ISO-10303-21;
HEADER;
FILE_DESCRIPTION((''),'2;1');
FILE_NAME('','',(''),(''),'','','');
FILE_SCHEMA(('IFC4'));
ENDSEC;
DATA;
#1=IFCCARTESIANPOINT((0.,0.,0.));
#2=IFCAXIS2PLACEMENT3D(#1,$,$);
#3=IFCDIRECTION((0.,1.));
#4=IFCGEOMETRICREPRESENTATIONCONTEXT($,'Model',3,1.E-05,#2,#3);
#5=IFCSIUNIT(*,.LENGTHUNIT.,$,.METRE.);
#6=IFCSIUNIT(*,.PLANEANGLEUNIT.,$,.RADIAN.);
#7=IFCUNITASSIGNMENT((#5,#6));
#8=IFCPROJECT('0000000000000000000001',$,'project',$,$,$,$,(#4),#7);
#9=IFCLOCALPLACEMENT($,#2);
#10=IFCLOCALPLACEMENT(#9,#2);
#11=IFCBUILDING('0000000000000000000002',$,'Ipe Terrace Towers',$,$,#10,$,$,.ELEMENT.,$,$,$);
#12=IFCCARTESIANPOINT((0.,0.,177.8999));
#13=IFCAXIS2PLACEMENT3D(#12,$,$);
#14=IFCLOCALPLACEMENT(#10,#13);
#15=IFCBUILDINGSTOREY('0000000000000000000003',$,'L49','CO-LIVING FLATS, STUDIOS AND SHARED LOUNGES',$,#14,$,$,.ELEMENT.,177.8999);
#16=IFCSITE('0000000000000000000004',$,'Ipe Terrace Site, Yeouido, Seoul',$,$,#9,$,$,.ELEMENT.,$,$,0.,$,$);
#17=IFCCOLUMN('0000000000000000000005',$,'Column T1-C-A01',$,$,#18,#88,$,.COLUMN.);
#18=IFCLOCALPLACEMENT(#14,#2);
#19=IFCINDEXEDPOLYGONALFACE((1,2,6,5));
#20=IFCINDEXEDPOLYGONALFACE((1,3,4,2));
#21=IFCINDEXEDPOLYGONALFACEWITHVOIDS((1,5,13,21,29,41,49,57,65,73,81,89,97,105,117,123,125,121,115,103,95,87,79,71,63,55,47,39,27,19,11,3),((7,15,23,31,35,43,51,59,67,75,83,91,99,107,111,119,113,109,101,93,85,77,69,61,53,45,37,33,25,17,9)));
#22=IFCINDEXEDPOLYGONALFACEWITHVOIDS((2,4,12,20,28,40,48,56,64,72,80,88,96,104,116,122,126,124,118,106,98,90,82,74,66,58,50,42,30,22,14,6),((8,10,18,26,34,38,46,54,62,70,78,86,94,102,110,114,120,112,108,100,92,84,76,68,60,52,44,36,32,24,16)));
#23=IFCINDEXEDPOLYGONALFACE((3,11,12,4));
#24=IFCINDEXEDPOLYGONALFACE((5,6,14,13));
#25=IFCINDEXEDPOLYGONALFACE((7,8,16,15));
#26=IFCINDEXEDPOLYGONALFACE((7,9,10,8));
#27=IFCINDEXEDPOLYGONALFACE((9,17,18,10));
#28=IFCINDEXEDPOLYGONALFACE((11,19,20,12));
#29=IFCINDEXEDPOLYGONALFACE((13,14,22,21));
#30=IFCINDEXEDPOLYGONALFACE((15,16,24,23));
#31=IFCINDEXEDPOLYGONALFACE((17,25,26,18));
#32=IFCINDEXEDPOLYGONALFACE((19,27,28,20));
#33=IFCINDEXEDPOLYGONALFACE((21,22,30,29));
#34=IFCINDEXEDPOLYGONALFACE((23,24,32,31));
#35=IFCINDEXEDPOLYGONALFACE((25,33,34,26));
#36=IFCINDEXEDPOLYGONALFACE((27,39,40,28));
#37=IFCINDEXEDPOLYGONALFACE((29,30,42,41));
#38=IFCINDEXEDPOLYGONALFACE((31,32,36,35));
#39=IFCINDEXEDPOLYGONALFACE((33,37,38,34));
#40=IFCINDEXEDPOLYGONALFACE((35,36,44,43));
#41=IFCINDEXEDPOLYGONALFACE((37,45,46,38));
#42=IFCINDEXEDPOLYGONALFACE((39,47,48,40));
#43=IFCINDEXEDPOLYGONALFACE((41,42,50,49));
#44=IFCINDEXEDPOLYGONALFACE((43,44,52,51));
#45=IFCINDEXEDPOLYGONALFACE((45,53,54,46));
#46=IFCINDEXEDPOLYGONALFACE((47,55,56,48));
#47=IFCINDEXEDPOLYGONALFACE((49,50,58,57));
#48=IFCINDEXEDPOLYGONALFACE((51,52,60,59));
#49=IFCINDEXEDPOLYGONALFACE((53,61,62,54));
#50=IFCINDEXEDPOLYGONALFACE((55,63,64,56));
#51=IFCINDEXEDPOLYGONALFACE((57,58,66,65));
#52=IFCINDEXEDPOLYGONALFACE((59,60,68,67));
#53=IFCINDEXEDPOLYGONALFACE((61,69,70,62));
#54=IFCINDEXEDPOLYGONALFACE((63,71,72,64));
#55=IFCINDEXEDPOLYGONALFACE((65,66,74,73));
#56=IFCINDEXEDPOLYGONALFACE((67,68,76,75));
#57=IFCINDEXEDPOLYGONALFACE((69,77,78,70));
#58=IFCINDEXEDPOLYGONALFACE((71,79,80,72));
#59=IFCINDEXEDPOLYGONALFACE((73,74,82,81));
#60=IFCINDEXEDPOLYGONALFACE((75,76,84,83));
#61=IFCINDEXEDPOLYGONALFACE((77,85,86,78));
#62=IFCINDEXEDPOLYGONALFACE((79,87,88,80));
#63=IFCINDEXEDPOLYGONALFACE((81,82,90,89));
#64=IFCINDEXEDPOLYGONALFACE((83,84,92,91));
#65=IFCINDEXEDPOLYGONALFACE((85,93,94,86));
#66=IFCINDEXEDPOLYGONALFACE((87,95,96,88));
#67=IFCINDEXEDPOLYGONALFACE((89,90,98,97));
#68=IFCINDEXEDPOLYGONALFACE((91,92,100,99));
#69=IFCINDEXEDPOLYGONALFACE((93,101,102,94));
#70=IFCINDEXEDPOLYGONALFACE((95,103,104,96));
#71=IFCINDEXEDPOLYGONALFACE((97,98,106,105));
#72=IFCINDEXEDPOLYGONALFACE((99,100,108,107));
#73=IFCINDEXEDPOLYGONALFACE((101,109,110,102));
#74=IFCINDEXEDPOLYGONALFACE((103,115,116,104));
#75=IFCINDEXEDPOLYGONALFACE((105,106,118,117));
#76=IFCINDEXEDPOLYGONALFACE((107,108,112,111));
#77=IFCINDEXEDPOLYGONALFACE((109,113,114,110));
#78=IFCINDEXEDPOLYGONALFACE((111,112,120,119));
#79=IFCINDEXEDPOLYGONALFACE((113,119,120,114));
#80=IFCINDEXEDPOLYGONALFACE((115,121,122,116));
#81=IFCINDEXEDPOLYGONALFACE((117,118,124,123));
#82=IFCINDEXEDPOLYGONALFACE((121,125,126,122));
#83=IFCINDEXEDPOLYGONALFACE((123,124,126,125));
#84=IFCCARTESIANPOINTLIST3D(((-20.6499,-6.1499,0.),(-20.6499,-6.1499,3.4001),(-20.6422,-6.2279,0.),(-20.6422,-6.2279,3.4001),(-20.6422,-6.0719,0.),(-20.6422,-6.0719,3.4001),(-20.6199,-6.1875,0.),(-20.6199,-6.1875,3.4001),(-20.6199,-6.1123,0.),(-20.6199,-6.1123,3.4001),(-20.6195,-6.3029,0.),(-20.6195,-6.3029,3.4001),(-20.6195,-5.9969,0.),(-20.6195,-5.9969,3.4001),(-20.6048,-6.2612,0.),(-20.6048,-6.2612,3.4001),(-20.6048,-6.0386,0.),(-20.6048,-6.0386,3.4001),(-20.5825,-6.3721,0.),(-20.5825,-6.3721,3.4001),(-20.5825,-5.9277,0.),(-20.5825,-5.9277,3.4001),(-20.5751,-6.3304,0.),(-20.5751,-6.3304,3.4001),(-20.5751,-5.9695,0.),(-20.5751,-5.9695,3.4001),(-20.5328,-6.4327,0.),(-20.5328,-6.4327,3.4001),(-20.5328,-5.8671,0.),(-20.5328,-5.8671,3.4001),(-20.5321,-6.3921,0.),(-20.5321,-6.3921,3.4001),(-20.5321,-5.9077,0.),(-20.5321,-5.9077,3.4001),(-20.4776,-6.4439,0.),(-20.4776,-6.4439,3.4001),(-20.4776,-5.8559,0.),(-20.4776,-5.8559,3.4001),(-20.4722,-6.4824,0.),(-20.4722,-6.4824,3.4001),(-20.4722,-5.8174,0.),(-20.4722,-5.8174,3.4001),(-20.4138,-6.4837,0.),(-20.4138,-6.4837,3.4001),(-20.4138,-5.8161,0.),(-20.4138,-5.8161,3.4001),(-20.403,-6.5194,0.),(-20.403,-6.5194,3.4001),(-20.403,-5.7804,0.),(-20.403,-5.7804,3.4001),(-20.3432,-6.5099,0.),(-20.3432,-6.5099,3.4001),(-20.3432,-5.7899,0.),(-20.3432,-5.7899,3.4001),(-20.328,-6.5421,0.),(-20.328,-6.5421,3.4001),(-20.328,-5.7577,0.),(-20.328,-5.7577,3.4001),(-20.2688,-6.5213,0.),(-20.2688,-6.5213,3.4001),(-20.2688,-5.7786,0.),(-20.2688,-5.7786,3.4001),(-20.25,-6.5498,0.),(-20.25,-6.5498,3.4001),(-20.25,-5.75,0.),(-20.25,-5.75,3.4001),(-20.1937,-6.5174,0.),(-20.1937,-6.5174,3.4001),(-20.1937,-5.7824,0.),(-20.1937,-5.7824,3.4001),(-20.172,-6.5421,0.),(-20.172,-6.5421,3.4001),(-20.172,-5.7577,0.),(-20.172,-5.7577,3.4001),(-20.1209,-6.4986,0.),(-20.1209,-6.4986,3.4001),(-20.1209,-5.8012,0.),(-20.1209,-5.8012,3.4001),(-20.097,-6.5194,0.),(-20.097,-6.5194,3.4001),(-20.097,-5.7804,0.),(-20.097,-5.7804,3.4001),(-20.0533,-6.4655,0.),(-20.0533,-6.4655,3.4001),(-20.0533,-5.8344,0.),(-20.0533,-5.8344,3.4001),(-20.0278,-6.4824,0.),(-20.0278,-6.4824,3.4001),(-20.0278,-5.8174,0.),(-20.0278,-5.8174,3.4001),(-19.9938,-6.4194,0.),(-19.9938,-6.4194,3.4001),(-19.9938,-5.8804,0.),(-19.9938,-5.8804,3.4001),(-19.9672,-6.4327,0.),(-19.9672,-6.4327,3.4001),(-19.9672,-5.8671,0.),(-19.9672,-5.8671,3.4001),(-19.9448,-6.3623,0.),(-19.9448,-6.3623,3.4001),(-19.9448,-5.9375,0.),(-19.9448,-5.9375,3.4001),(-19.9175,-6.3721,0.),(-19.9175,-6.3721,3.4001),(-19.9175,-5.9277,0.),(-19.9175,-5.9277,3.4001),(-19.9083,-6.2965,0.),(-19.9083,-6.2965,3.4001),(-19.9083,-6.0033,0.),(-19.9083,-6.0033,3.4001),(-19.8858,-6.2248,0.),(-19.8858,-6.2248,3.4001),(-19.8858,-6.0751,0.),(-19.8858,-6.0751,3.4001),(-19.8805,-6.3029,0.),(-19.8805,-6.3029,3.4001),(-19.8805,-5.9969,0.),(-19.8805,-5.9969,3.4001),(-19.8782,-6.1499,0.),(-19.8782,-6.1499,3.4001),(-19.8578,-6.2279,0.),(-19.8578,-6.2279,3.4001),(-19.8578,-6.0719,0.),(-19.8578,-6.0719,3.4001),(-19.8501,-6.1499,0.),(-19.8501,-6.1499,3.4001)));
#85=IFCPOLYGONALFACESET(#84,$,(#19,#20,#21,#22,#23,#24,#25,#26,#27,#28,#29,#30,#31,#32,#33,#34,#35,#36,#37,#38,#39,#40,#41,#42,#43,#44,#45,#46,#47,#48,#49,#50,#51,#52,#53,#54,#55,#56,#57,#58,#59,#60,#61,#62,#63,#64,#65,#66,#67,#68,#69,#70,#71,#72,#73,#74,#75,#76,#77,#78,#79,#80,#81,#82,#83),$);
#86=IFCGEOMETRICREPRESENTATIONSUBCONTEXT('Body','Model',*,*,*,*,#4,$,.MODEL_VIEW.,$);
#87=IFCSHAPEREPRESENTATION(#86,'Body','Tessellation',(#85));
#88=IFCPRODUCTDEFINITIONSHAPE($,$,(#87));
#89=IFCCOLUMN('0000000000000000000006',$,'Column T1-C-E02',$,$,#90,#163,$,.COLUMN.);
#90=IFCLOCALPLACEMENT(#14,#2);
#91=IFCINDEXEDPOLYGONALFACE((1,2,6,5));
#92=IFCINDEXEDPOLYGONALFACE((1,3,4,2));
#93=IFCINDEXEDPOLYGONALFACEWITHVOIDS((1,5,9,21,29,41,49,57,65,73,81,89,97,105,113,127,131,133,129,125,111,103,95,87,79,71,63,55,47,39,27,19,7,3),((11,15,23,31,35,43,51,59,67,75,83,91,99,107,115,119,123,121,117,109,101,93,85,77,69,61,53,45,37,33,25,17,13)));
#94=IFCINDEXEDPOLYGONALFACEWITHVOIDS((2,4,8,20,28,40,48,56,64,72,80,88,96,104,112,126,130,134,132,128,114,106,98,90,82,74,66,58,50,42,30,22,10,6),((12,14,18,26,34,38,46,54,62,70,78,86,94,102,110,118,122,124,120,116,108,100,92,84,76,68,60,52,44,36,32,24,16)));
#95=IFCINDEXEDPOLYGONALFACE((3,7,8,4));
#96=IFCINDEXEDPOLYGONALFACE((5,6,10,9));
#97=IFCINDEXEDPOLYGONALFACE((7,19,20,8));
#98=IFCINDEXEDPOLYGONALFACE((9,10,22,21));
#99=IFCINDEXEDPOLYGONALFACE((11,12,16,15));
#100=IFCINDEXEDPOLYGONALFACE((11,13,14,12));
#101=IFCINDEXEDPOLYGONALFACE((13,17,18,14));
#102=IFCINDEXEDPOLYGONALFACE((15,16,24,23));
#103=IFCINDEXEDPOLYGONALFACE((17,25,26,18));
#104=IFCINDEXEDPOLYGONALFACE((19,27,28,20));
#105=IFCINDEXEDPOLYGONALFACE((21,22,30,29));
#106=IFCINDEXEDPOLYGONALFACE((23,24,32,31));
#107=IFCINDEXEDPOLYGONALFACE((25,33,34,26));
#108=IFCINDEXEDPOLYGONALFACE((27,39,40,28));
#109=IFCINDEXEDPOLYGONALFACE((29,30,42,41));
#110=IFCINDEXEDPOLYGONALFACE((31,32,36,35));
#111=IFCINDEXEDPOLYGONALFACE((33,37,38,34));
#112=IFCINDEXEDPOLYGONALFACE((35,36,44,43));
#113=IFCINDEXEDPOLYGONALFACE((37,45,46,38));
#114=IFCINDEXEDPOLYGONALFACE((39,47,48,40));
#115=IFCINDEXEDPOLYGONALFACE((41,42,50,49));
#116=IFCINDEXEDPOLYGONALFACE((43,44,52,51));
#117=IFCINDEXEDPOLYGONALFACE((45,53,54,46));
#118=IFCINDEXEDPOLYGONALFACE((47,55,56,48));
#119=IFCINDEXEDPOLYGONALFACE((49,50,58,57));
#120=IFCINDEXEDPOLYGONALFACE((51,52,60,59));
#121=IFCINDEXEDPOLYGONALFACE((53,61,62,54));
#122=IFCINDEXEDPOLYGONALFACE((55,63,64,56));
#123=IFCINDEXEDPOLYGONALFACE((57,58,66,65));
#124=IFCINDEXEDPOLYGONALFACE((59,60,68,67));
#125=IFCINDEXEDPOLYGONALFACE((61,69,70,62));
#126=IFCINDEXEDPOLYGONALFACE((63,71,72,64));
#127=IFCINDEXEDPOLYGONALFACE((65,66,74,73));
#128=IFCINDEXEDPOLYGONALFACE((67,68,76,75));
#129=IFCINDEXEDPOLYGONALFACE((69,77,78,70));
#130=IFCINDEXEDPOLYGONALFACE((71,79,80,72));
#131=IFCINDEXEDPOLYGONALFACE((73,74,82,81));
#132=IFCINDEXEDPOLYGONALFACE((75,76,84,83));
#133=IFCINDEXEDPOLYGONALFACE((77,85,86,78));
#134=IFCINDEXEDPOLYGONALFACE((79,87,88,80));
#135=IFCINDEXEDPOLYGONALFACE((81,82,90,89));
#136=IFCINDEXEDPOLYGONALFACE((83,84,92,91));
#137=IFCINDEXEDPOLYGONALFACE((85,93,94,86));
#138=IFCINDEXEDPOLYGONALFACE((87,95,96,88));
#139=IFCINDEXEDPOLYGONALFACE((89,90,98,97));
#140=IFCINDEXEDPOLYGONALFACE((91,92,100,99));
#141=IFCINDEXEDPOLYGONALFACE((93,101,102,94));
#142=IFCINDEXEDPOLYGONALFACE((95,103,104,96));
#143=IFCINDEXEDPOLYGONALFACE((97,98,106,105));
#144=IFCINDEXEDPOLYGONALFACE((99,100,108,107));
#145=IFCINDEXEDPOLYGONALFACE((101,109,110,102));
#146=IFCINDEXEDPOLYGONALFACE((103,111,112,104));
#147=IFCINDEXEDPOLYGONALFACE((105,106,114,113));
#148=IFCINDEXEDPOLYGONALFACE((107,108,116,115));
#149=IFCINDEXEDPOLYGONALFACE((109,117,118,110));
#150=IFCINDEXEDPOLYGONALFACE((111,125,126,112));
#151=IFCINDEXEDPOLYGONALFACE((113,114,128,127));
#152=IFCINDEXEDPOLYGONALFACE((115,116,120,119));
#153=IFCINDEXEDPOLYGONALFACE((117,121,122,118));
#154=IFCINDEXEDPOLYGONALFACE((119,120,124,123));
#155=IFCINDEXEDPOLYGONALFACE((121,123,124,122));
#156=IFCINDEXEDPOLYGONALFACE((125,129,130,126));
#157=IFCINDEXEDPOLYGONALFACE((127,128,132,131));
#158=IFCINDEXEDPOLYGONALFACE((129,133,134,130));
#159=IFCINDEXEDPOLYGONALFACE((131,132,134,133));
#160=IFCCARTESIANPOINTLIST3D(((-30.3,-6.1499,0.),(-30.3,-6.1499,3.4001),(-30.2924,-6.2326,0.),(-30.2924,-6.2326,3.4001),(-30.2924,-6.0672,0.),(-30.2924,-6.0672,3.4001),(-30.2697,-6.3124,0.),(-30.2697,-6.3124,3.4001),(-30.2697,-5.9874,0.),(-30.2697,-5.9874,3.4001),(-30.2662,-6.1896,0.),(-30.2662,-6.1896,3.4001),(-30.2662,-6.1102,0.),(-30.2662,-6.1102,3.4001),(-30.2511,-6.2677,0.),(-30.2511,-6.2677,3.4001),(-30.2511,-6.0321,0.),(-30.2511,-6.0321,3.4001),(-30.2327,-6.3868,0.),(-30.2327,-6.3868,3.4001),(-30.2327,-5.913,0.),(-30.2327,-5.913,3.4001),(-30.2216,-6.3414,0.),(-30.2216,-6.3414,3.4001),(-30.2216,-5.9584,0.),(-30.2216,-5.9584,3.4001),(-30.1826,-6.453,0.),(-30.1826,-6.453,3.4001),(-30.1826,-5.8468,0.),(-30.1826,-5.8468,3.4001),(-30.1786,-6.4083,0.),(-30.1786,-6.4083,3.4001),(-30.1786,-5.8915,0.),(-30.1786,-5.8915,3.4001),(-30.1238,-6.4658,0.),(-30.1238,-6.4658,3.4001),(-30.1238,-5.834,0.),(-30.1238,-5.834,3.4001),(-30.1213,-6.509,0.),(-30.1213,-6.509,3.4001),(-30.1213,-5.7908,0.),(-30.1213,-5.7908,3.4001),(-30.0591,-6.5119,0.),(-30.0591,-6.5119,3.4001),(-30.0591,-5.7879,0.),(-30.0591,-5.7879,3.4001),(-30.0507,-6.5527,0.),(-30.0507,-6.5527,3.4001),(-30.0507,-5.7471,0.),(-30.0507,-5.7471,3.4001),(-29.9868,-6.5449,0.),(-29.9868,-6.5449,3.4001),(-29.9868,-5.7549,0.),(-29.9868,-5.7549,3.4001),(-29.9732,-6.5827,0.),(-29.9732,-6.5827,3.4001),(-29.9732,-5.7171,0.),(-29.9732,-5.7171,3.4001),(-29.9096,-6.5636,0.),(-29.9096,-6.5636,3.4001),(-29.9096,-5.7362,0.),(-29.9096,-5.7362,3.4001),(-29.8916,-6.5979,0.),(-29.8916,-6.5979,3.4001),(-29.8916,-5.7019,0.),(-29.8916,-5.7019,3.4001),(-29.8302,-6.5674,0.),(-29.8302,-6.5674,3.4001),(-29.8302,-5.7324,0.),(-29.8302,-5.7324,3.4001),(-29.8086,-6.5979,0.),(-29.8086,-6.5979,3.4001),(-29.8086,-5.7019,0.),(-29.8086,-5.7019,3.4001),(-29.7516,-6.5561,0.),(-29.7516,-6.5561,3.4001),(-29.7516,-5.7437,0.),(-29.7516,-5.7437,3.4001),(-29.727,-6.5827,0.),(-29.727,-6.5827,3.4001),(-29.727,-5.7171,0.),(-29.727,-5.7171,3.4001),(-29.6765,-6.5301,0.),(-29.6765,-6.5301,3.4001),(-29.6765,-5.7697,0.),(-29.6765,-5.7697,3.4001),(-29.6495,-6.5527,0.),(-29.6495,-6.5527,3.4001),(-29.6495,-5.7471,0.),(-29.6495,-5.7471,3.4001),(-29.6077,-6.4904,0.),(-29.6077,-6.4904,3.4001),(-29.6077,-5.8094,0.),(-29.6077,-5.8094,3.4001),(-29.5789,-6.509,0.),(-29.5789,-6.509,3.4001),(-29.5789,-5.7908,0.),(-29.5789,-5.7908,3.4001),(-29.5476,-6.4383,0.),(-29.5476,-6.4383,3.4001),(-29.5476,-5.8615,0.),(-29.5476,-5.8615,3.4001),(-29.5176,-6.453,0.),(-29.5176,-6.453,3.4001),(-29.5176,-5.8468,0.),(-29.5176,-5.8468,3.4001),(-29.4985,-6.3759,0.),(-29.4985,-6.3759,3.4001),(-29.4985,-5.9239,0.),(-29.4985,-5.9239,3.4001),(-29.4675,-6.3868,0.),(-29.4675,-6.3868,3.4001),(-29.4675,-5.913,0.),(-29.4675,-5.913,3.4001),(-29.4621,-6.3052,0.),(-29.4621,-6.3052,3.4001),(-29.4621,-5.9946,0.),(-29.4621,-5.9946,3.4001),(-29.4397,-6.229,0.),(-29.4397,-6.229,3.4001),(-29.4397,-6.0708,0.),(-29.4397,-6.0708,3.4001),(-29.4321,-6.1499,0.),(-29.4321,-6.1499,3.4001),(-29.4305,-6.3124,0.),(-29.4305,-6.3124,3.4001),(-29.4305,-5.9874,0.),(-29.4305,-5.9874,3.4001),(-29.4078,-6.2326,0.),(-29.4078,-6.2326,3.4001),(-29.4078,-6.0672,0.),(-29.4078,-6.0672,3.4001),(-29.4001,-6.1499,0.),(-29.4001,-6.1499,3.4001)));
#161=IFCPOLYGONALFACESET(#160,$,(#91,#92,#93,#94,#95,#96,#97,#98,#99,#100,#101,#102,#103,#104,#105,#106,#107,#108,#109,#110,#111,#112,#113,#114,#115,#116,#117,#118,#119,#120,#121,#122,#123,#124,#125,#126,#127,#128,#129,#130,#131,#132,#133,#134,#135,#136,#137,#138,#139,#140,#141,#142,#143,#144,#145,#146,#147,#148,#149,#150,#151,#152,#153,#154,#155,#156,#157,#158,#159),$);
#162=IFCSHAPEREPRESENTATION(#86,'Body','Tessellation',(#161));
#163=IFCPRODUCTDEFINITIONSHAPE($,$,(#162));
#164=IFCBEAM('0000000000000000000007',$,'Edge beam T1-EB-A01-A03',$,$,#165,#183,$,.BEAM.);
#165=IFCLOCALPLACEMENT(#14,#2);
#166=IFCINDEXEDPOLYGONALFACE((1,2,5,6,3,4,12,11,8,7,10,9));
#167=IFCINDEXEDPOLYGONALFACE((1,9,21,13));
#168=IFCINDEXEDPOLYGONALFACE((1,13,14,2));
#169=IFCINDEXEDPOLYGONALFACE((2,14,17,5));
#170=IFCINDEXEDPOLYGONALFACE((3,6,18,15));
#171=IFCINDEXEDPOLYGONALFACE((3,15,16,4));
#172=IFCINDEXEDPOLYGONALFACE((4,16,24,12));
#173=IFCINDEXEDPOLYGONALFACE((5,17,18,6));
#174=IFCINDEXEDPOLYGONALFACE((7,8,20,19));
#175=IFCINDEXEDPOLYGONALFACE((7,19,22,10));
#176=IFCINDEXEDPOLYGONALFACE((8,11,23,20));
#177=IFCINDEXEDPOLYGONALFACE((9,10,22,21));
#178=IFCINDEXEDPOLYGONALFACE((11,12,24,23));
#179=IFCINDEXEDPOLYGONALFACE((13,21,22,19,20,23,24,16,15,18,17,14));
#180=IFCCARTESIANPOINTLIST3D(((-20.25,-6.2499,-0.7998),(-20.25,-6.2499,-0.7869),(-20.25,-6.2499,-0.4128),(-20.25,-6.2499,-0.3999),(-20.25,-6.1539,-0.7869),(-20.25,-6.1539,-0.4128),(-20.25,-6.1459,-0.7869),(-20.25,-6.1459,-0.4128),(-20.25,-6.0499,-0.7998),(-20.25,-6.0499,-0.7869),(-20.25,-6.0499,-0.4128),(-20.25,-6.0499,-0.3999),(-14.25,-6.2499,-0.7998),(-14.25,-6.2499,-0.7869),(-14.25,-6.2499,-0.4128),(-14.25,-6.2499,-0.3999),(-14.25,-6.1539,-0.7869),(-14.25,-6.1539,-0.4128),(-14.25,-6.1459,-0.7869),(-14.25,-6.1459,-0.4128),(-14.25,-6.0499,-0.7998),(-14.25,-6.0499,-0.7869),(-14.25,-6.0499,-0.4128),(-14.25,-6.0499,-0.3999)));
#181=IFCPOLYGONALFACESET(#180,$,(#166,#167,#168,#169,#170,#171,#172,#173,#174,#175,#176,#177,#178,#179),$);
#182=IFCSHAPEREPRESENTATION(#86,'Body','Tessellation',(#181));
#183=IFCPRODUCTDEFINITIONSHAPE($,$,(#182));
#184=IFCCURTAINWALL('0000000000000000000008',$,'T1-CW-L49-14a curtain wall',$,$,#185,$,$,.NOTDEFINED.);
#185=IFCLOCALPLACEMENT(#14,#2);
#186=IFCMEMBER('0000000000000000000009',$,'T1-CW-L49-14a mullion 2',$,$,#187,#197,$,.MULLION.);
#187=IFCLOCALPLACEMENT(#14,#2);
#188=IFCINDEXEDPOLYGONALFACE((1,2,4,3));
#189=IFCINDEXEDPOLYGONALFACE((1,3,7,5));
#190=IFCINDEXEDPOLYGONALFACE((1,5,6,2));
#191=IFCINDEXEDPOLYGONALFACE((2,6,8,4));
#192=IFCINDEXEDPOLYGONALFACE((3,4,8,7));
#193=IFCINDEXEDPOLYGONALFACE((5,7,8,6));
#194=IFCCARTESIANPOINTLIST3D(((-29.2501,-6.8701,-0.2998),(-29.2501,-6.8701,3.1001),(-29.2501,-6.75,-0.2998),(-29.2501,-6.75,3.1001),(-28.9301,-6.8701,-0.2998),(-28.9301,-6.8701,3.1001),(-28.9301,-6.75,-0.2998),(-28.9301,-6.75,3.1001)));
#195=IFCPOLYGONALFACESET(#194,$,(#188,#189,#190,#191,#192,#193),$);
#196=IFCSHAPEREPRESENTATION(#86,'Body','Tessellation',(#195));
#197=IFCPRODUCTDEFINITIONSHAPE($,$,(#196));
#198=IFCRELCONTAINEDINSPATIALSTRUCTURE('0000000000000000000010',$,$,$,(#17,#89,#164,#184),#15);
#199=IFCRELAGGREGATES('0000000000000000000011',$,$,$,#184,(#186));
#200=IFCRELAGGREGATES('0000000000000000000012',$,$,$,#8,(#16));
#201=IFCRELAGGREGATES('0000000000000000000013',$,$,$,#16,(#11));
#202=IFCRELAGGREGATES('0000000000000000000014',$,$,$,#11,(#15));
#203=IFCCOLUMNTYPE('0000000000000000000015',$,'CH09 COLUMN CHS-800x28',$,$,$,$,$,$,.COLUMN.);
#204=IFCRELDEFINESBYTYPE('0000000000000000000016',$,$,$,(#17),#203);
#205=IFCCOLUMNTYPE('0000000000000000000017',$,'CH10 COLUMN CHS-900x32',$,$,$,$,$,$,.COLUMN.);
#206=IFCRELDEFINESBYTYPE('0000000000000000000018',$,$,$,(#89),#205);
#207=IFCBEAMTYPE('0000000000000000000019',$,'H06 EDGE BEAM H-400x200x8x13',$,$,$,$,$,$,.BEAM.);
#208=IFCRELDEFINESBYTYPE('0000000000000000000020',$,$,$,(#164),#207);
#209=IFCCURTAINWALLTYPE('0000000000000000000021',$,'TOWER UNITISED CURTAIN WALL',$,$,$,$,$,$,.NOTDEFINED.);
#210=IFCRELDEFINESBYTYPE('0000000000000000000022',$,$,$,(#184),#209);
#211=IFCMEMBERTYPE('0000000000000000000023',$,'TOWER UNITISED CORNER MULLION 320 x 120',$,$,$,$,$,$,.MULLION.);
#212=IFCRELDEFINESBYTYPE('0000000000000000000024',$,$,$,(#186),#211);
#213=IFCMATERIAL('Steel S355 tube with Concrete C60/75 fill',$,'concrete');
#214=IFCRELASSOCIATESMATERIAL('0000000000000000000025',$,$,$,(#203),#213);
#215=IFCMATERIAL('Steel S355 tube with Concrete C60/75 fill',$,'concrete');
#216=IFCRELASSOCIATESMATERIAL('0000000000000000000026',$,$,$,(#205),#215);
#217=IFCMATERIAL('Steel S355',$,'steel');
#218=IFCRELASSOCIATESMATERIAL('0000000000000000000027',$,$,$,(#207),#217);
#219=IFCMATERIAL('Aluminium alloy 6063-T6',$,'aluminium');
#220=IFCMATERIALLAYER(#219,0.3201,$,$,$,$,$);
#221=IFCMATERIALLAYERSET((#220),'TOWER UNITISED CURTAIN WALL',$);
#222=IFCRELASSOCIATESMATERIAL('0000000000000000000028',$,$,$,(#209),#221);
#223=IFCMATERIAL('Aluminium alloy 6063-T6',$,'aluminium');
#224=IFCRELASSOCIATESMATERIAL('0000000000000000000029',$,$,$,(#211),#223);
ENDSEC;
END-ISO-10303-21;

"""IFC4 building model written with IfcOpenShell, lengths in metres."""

from ifc_helpers import new_model, si_unit, direction, frame, origin, origin_2d, place, context, subcontext, project, spatial, rectangle, hollow_circle, i_section, extrude, material, layer, layer_set, material_profile, profile_set, type_object, element, aggregate, save


model = new_model("IFC4")

# Units and contexts
model_context = context("Model", 3, precision=1e-05, world=origin(), true_north=direction((0.0, 1.0)))
body_context = subcontext(model_context, "Body", "Model", "MODEL_VIEW")
ifc_project = project(units=[si_unit("LENGTHUNIT", "METRE"), si_unit("PLANEANGLEUNIT", "RADIAN")], contexts=[model_context])

# Site, building, storey
site_placement = place(None, origin())
site = spatial("IfcSite", under=ifc_project, at=site_placement, Name="Ipe Terrace Site, Yeouido, Seoul", CompositionType="ELEMENT", RefElevation=0.0)
building_placement = place(site_placement, origin())
building = spatial("IfcBuilding", under=site, at=building_placement, Name="Ipe Terrace Towers", CompositionType="ELEMENT")
storey_placement = place(building_placement, frame((0.0, 0.0, 177.8999)))
storey = spatial("IfcBuildingStorey", under=building, at=storey_placement, Name="L49", Description="CO-LIVING FLATS, STUDIOS AND SHARED LOUNGES", CompositionType="ELEMENT", Elevation=177.8999)

# Columns
ifc_material_1 = material(Name="Steel S355 tube with Concrete C60/75 fill", Category="concrete")
ifc_material_profile_1 = material_profile(ifc_material_1, hollow_circle(Radius=0.3999, WallThickness=0.0281, at=origin_2d()), Name="CHS-800x28")
ifc_profile_set_1 = profile_set([ifc_material_profile_1], Name="Steel S355 tube with Concrete C60/75 fill")
column_type_1 = type_object("IfcColumnType", Name="CH09 COLUMN CHS-800x28", PredefinedType="COLUMN", material=ifc_profile_set_1)
column_1_placement = place(storey_placement, frame((-20.25, -6.1499, 0.0), z_axis=(0.0, 0.0, 1.0), x_axis=(1.0, 0.0, 0.0)))
element("IfcColumn", 1, at=column_1_placement, inside=storey, type_object=column_type_1, Name="Column T1-C-A01", PredefinedType="COLUMN", context=body_context, shape_type="SweptSolid", body=[
    extrude(hollow_circle(Radius=0.3999, WallThickness=0.0281, at=origin_2d()), origin(), (0.0, 0.0, 1.0), 3.4001),
])
ifc_material_2 = material(Name="Steel S355 tube with Concrete C60/75 fill", Category="concrete")
ifc_material_profile_2 = material_profile(ifc_material_2, hollow_circle(Radius=0.45, WallThickness=0.032, at=origin_2d()), Name="CHS-900x32")
ifc_profile_set_2 = profile_set([ifc_material_profile_2], Name="Steel S355 tube with Concrete C60/75 fill")
column_type_2 = type_object("IfcColumnType", Name="CH10 COLUMN CHS-900x32", PredefinedType="COLUMN", material=ifc_profile_set_2)
column_2_placement = place(storey_placement, frame((-29.8501, -6.1499, 0.0), z_axis=(0.0, 0.0, 1.0), x_axis=(1.0, 0.0, 0.0)))
element("IfcColumn", 2, at=column_2_placement, inside=storey, type_object=column_type_2, Name="Column T1-C-E02", PredefinedType="COLUMN", context=body_context, shape_type="SweptSolid", body=[
    extrude(hollow_circle(Radius=0.45, WallThickness=0.032, at=origin_2d()), origin(), (0.0, 0.0, 1.0), 3.4001),
])

# Beam
ifc_material_3 = material(Name="Steel S355", Category="steel")
ifc_material_profile_3 = material_profile(ifc_material_3, i_section(OverallWidth=0.2, OverallDepth=0.3999, WebThickness=0.0081, FlangeThickness=0.0129, at=origin_2d()), Name="H-400x200x8x13")
ifc_profile_set_3 = profile_set([ifc_material_profile_3], Name="Steel S355")
beam_type = type_object("IfcBeamType", Name="H06 EDGE BEAM H-400x200x8x13", PredefinedType="BEAM", material=ifc_profile_set_3)
beam_placement = place(storey_placement, frame((-20.25, -6.1499, -0.5999), z_axis=(1.0, 0.0, 0.0), x_axis=(0.0, 1.0, 0.0)))
element("IfcBeam", 3, at=beam_placement, inside=storey, type_object=beam_type, Name="Edge beam T1-EB-A01-A03", PredefinedType="BEAM", context=body_context, shape_type="SweptSolid", body=[
    extrude(i_section(OverallWidth=0.2, OverallDepth=0.3999, WebThickness=0.0081, FlangeThickness=0.0129, at=origin_2d()), origin(), (0.0, 0.0, 1.0), 6.0),
])

# Curtain wall, member
ifc_material_4 = material(Name="Aluminium alloy 6063-T6", Category="aluminium")
ifc_layer_1 = layer(ifc_material_4, 0.3201)
ifc_layer_set_1 = layer_set([ifc_layer_1], Name="TOWER UNITISED CURTAIN WALL")
curtain_wall_type = type_object("IfcCurtainWallType", Name="TOWER UNITISED CURTAIN WALL", PredefinedType="NOTDEFINED", material=ifc_layer_set_1)
curtain_wall_1_placement = place(storey_placement, origin())
curtain_wall_1 = element("IfcCurtainWall", 4, at=curtain_wall_1_placement, inside=storey, type_object=curtain_wall_type, Name="T1-CW-L49-14a curtain wall", PredefinedType="NOTDEFINED")
ifc_material_5 = material(Name="Aluminium alloy 6063-T6", Category="aluminium")
ifc_material_profile_4 = material_profile(ifc_material_5, rectangle(XDim=0.3201, YDim=0.1201, at=origin_2d()), Name="TOWER UNITISED CORNER MULLION 320 x 120")
ifc_profile_set_4 = profile_set([ifc_material_profile_4], Name="Aluminium alloy 6063-T6")
member_type = type_object("IfcMemberType", Name="TOWER UNITISED CORNER MULLION 320 x 120", PredefinedType="MULLION", material=ifc_profile_set_4)
member_placement = place(storey_placement, frame((-29.0901, -6.8101, -0.2998), z_axis=(0.0, 0.0, 1.0), x_axis=(1.0, 0.0, 0.0)))
member = element("IfcMember", 5, at=member_placement, type_object=member_type, Name="T1-CW-L49-14a mullion 2", PredefinedType="MULLION", context=body_context, shape_type="SweptSolid", body=[
    extrude(rectangle(XDim=0.3201, YDim=0.1201, at=origin_2d()), origin(), (0.0, 0.0, 1.0), 3.3999),
])
aggregate(curtain_wall_1, [member])

save(model, "model.ifc")
